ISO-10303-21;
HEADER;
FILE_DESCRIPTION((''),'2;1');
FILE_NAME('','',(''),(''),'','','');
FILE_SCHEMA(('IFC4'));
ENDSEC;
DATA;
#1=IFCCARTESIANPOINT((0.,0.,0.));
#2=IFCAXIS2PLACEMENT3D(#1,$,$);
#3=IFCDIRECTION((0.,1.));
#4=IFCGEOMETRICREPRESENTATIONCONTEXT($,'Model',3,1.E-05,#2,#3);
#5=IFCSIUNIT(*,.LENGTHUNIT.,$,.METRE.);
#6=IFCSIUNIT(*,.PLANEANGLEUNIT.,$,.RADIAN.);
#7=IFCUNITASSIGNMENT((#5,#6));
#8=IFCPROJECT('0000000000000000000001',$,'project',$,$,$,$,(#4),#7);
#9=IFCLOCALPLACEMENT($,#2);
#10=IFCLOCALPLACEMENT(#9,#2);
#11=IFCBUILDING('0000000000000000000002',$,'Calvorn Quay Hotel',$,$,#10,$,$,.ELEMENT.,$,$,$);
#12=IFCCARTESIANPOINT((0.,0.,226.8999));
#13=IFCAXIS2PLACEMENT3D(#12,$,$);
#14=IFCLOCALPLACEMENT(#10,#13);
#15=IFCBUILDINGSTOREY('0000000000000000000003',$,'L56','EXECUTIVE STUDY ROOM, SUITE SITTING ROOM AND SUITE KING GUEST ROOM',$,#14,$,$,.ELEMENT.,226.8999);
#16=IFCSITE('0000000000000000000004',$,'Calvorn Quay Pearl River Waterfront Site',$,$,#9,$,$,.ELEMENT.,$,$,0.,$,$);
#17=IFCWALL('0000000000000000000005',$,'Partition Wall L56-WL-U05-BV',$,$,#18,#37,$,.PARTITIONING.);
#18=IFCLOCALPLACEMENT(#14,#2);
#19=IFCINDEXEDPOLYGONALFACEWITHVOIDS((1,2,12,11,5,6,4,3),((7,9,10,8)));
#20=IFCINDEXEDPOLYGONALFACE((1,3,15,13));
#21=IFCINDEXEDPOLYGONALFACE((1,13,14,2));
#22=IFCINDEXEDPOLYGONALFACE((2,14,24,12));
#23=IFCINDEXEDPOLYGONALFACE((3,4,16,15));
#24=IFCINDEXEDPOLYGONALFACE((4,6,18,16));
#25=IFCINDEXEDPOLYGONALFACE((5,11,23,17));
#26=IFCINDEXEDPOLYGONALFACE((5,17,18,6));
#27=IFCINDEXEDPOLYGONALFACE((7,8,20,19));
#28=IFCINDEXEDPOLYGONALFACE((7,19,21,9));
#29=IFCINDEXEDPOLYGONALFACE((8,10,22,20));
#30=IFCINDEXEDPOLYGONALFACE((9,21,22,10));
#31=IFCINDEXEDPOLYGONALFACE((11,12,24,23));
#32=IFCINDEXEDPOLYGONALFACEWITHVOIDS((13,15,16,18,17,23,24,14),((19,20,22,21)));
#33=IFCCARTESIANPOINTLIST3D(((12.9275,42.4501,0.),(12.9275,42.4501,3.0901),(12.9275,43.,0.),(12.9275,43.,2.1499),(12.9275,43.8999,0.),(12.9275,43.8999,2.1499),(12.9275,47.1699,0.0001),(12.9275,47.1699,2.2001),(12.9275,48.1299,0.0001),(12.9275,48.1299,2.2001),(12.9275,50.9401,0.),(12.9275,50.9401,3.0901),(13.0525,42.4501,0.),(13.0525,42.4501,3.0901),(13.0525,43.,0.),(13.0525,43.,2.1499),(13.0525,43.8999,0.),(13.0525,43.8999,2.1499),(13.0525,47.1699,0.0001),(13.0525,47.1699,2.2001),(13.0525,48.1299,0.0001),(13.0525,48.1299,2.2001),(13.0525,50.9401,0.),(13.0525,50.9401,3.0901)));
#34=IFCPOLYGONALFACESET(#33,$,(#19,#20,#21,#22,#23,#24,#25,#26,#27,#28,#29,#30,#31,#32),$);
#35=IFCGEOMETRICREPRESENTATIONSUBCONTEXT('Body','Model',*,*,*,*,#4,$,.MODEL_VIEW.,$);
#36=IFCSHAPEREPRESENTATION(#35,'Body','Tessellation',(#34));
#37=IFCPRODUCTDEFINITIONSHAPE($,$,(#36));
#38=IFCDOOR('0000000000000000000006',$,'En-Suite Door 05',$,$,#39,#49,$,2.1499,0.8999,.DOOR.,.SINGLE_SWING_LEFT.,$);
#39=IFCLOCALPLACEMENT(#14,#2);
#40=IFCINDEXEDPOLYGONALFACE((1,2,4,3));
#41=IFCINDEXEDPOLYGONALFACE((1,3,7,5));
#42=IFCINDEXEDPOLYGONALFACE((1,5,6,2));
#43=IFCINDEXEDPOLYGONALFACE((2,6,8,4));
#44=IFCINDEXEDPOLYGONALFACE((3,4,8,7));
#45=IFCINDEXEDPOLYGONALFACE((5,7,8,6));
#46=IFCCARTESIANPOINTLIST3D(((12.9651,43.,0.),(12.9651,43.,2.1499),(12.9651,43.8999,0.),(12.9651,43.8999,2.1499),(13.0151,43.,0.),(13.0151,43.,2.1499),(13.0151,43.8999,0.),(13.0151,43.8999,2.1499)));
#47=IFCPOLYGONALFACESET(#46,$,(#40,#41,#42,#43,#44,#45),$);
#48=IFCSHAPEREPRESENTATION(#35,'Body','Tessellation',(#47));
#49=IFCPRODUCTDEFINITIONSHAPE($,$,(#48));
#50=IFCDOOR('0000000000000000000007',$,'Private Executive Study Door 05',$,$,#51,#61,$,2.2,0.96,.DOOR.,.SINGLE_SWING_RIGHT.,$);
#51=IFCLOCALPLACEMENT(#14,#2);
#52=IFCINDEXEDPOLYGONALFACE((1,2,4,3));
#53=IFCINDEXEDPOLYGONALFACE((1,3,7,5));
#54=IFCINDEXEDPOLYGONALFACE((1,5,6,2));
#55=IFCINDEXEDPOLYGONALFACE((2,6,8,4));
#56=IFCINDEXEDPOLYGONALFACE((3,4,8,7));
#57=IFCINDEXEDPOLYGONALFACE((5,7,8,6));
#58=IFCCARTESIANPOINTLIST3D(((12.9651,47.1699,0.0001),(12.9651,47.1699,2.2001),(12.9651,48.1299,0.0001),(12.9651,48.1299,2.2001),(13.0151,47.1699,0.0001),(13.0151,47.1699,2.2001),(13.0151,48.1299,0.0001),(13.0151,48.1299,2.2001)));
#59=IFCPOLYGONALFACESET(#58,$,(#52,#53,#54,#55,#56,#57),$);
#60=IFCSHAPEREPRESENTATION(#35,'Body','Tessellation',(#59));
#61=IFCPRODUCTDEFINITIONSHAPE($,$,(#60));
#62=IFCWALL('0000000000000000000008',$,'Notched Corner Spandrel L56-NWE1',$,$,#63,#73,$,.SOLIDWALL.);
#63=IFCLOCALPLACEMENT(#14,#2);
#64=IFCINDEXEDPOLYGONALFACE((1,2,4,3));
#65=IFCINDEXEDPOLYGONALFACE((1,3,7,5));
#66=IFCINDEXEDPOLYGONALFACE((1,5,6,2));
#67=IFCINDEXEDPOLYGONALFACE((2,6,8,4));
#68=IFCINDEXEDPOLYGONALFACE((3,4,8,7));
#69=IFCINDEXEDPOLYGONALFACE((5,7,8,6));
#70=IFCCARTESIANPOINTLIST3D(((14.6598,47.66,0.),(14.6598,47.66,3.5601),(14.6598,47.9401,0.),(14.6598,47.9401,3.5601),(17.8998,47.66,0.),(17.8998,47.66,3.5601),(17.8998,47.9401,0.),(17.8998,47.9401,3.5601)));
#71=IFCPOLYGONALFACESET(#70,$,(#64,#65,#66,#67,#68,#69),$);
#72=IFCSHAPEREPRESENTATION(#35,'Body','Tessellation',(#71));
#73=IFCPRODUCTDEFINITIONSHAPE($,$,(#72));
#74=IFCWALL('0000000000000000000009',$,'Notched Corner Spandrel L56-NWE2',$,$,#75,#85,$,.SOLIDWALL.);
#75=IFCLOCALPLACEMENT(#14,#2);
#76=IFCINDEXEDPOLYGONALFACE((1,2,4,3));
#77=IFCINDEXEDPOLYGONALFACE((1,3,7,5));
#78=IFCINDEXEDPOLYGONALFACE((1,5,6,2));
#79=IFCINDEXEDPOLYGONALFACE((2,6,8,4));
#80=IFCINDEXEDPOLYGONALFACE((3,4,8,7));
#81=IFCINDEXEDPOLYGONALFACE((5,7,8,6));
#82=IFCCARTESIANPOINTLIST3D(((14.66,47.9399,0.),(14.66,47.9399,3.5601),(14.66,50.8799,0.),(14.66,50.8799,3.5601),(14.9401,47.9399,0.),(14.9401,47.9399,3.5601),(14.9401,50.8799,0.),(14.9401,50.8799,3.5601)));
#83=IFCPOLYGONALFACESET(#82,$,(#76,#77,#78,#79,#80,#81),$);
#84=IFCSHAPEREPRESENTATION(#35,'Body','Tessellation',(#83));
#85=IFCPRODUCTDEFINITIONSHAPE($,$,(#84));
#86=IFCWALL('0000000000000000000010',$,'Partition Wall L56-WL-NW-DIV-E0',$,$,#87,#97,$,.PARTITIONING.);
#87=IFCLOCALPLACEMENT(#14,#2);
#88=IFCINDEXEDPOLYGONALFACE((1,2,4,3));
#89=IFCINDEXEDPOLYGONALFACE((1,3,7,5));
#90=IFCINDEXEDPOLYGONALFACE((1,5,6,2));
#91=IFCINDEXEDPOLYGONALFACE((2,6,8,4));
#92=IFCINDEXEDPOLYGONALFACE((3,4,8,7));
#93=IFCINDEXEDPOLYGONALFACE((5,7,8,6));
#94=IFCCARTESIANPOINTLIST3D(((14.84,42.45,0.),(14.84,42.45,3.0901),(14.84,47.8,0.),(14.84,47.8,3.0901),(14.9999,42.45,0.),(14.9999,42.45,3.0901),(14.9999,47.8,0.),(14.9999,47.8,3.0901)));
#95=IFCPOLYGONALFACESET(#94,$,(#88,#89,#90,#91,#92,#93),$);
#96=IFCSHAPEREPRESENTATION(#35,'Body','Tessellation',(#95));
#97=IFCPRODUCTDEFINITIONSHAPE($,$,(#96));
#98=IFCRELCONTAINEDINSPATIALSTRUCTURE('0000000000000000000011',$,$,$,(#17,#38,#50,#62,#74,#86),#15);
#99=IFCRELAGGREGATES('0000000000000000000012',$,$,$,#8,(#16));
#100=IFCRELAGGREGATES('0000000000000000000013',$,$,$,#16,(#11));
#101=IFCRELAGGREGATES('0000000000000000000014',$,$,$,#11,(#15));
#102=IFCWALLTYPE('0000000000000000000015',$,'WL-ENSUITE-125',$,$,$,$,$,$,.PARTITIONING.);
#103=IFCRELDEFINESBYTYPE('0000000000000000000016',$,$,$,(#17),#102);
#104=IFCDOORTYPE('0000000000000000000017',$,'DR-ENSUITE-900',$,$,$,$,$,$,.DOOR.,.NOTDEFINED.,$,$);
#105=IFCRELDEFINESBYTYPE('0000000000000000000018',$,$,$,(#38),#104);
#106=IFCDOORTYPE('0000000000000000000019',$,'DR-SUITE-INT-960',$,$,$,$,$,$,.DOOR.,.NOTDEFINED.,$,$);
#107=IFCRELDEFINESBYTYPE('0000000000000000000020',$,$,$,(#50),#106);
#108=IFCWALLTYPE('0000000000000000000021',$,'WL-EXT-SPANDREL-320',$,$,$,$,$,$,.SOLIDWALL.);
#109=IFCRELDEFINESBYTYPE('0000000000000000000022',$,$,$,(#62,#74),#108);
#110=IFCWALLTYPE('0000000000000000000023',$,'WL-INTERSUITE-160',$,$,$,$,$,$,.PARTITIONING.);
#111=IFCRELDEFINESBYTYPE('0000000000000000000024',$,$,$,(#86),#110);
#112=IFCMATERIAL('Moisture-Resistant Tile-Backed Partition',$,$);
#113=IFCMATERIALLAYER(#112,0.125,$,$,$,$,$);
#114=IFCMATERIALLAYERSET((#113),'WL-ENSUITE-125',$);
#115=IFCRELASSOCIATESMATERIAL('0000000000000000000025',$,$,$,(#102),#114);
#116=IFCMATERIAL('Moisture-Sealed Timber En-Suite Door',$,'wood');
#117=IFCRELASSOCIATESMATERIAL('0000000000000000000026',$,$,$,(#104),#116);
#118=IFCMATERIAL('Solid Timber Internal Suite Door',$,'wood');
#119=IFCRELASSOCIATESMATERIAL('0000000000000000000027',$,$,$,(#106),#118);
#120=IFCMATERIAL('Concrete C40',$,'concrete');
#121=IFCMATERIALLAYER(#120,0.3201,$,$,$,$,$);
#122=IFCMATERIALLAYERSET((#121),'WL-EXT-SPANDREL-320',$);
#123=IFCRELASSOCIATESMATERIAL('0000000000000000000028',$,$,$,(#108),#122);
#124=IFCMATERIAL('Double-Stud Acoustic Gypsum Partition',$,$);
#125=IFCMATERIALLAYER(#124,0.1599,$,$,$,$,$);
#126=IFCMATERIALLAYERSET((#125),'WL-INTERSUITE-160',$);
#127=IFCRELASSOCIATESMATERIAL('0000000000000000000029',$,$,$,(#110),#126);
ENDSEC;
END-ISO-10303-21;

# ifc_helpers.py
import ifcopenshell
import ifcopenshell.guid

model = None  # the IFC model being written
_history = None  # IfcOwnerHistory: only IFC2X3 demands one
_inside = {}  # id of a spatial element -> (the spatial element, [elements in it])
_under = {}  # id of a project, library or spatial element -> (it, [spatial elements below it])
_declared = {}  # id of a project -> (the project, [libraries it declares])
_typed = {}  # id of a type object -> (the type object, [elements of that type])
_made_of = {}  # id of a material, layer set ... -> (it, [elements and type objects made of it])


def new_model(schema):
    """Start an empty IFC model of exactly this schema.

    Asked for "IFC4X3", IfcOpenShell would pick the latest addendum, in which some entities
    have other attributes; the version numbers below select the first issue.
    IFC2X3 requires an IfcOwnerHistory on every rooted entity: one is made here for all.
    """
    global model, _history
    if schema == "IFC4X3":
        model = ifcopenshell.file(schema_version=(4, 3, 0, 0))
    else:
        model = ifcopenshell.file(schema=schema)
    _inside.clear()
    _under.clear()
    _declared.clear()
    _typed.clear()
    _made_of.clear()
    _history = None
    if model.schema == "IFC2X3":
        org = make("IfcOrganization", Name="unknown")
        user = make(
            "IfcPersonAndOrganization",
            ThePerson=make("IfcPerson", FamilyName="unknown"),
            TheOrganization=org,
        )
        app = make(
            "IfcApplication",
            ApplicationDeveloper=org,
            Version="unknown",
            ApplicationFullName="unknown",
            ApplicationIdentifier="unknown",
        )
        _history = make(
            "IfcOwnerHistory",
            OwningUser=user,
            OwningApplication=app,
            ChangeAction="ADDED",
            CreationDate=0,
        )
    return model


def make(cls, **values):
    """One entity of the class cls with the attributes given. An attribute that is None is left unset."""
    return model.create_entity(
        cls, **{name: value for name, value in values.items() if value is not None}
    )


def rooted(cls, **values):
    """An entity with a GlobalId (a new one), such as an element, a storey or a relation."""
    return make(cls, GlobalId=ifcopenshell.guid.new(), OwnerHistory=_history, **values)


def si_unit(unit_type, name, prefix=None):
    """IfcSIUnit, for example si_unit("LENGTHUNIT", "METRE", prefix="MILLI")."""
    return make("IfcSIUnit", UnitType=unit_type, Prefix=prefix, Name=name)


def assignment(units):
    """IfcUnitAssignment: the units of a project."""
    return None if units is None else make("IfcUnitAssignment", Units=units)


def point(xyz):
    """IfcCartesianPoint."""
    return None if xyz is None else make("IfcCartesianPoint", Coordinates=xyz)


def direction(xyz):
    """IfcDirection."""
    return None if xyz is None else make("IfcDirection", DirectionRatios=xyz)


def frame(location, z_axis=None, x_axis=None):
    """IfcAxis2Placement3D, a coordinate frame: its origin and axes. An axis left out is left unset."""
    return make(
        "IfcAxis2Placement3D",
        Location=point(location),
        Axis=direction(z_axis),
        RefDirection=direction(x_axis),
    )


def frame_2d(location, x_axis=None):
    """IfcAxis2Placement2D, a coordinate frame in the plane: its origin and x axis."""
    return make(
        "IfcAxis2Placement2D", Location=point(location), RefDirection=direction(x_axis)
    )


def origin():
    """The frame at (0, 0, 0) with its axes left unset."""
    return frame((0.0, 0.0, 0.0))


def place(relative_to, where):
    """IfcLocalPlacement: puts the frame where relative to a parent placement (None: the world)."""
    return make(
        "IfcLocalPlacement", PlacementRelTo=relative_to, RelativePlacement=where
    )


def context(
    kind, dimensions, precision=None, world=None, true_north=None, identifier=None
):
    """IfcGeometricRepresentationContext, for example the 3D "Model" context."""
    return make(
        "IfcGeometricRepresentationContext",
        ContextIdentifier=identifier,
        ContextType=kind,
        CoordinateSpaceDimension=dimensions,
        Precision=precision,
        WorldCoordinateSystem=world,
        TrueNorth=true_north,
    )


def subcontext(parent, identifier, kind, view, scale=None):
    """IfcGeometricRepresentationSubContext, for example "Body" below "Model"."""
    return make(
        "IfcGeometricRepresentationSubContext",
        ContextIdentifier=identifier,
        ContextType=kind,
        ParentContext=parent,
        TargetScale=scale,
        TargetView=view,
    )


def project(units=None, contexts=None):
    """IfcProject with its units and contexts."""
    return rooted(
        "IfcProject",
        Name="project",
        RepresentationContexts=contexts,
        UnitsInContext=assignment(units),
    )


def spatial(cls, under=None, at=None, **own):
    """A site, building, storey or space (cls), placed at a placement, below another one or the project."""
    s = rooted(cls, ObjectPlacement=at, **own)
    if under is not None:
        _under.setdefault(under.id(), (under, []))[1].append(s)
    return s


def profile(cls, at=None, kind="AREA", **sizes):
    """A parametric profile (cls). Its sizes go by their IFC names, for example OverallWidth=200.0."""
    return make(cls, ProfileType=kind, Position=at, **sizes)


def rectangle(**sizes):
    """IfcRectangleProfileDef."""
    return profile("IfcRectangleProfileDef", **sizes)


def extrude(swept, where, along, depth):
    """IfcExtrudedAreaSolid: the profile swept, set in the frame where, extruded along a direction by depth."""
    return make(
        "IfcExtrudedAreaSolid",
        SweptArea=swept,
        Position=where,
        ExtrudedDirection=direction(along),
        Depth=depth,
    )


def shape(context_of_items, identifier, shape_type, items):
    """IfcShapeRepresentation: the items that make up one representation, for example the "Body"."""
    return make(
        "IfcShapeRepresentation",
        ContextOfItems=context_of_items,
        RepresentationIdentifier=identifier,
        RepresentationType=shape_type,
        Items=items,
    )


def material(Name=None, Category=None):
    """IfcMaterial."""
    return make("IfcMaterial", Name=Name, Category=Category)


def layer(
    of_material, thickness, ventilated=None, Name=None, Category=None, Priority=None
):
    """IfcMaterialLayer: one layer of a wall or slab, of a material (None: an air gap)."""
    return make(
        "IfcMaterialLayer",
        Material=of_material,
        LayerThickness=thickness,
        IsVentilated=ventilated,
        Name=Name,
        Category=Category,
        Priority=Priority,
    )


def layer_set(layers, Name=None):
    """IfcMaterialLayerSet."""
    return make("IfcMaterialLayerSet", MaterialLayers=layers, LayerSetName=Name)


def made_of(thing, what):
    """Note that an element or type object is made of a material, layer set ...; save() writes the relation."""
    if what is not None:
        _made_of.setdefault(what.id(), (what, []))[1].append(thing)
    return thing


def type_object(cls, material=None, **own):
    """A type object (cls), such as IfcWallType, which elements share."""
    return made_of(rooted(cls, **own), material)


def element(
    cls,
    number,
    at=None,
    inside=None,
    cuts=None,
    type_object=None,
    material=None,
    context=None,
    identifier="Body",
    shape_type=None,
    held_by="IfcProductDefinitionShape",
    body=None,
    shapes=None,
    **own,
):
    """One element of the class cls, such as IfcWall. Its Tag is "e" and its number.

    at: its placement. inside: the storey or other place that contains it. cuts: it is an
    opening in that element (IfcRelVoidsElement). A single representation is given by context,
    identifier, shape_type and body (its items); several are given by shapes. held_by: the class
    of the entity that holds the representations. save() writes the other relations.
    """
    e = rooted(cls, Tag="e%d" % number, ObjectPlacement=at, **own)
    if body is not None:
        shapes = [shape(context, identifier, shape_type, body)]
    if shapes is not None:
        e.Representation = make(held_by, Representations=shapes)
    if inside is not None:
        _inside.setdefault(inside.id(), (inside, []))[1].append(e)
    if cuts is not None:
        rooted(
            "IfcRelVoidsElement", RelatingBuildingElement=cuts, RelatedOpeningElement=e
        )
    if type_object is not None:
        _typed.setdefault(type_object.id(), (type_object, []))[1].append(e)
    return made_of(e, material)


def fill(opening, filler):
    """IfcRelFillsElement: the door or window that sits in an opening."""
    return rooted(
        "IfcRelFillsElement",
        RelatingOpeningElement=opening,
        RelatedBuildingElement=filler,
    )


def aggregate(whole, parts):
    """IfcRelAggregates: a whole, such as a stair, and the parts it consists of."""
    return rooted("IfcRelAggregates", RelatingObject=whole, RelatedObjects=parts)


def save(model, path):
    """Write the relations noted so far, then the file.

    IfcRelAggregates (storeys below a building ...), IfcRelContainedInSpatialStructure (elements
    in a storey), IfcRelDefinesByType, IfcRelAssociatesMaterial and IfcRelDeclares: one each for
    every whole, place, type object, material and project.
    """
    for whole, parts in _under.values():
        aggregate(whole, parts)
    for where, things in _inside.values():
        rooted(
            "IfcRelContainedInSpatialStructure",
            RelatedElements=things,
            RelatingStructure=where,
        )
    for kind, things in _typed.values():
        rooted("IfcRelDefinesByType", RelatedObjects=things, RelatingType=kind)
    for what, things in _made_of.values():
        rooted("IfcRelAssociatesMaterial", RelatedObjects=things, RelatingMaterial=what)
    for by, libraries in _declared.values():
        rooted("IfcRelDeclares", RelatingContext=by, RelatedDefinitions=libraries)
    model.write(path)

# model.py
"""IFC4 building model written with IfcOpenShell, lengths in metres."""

from ifc_helpers import new_model, si_unit, direction, frame, frame_2d, origin, place, context, subcontext, project, spatial, rectangle, extrude, material, layer, layer_set, type_object, element, fill, save


model = new_model("IFC4")

# Units and contexts
model_context = context("Model", 3, precision=1e-05, world=origin(), true_north=direction((0.0, 1.0)))
body_context = subcontext(model_context, "Body", "Model", "MODEL_VIEW")
ifc_project = project(units=[si_unit("LENGTHUNIT", "METRE"), si_unit("PLANEANGLEUNIT", "RADIAN")], contexts=[model_context])

# Site, building, storey
site_placement = place(None, origin())
site = spatial("IfcSite", under=ifc_project, at=site_placement, Name="Calvorn Quay Pearl River Waterfront Site", CompositionType="ELEMENT", RefElevation=0.0)
building_placement = place(site_placement, origin())
building = spatial("IfcBuilding", under=site, at=building_placement, Name="Calvorn Quay Hotel", CompositionType="ELEMENT")
storey_placement = place(building_placement, frame((0.0, 0.0, 226.8999)))
storey = spatial("IfcBuildingStorey", under=building, at=storey_placement, Name="L56", Description="EXECUTIVE STUDY ROOM, SUITE SITTING ROOM AND SUITE KING GUEST ROOM", CompositionType="ELEMENT", Elevation=226.8999)

# Shared definitions
ifc_material_1 = material(Name="Moisture-Resistant Tile-Backed Partition")
ifc_layer_1 = layer(ifc_material_1, 0.125)
ifc_layer_set_1 = layer_set([ifc_layer_1], Name="WL-ENSUITE-125")
wall_type_1 = type_object("IfcWallType", Name="WL-ENSUITE-125", PredefinedType="PARTITIONING", material=ifc_layer_set_1)

# Wall, openings, doors
wall_1_placement = place(storey_placement, frame((12.99, 42.45, 0.0), z_axis=(0.0, 0.0, 1.0), x_axis=(0.0, 1.0, 0.0)))
wall_1 = element("IfcWall", 1, at=wall_1_placement, inside=storey, type_object=wall_type_1, Name="Partition Wall L56-WL-U05-BV", PredefinedType="PARTITIONING", context=body_context, shape_type="SweptSolid", body=[
    extrude(rectangle(XDim=8.49, YDim=0.125, at=frame_2d((4.2451, 0.0))), origin(), (0.0, 0.0, 1.0), 3.0901),
])
opening_1_placement = place(wall_1_placement, frame((0.55, 0.0, 0.0)))
opening_1 = element("IfcOpeningElement", 2, at=opening_1_placement, cuts=wall_1, PredefinedType="OPENING", context=body_context, shape_type="SweptSolid", body=[
    extrude(rectangle(XDim=0.8999, YDim=2.1499, at=frame_2d((0.45, 1.075))), frame((0.0, 0.0725, 0.0), z_axis=(0.0, -1.0, 0.0), x_axis=(1.0, 0.0, 0.0)), (0.0, 0.0, 1.0), 0.145),
])
opening_2_placement = place(wall_1_placement, frame((4.72, 0.0, 0.0)))
opening_2 = element("IfcOpeningElement", 3, at=opening_2_placement, cuts=wall_1, PredefinedType="OPENING", context=body_context, shape_type="SweptSolid", body=[
    extrude(rectangle(XDim=0.96, YDim=2.2, at=frame_2d((0.48, 1.1001))), frame((0.0, 0.0725, 0.0), z_axis=(0.0, -1.0, 0.0), x_axis=(1.0, 0.0, 0.0)), (0.0, 0.0, 1.0), 0.145),
])
ifc_material_2 = material(Name="Moisture-Sealed Timber En-Suite Door", Category="wood")
door_type_1 = type_object("IfcDoorType", Name="DR-ENSUITE-900", OperationType="NOTDEFINED", PredefinedType="DOOR", material=ifc_material_2)
door_1_placement = place(opening_1_placement, origin())
door_1 = element("IfcDoor", 4, at=door_1_placement, inside=storey, type_object=door_type_1, Name="En-Suite Door 05", OperationType="SINGLE_SWING_LEFT", OverallHeight=2.1499, OverallWidth=0.8999, PredefinedType="DOOR", context=body_context, shape_type="SweptSolid", body=[
    extrude(rectangle(XDim=0.8999, YDim=2.1499, at=frame_2d((0.45, 1.075))), frame((0.0, 0.0249, 0.0), z_axis=(0.0, -1.0, 0.0), x_axis=(1.0, 0.0, 0.0)), (0.0, 0.0, 1.0), 0.05),
])
fill(opening_1, door_1)
ifc_material_3 = material(Name="Solid Timber Internal Suite Door", Category="wood")
door_type_2 = type_object("IfcDoorType", Name="DR-SUITE-INT-960", OperationType="NOTDEFINED", PredefinedType="DOOR", material=ifc_material_3)
door_2_placement = place(opening_2_placement, origin())
door_2 = element("IfcDoor", 5, at=door_2_placement, inside=storey, type_object=door_type_2, Name="Private Executive Study Door 05", OperationType="SINGLE_SWING_RIGHT", OverallHeight=2.2, OverallWidth=0.96, PredefinedType="DOOR", context=body_context, shape_type="SweptSolid", body=[
    extrude(rectangle(XDim=0.96, YDim=2.2, at=frame_2d((0.48, 1.1001))), frame((0.0, 0.0249, 0.0), z_axis=(0.0, -1.0, 0.0), x_axis=(1.0, 0.0, 0.0)), (0.0, 0.0, 1.0), 0.05),
])
fill(opening_2, door_2)

# Walls
ifc_material_4 = material(Name="Concrete C40", Category="concrete")
ifc_layer_2 = layer(ifc_material_4, 0.3201)
ifc_layer_set_2 = layer_set([ifc_layer_2], Name="WL-EXT-SPANDREL-320")
wall_type_2 = type_object("IfcWallType", Name="WL-EXT-SPANDREL-320", PredefinedType="SOLIDWALL", material=ifc_layer_set_2)
wall_2_placement = place(storey_placement, frame((17.8999, 47.8, 0.0), z_axis=(0.0, 0.0, 1.0), x_axis=(-1.0, 0.0, 0.0)))
element("IfcWall", 6, at=wall_2_placement, inside=storey, type_object=wall_type_2, Name="Notched Corner Spandrel L56-NWE1", PredefinedType="SOLIDWALL", context=body_context, shape_type="SweptSolid", body=[
    extrude(rectangle(XDim=3.24, YDim=0.28, at=frame_2d((1.6201, 0.0))), origin(), (0.0, 0.0, 1.0), 3.5601),
])
wall_3_placement = place(storey_placement, frame((14.8, 47.9399, 0.0), z_axis=(0.0, 0.0, 1.0), x_axis=(0.0, 1.0, 0.0)))
element("IfcWall", 7, at=wall_3_placement, inside=storey, type_object=wall_type_2, Name="Notched Corner Spandrel L56-NWE2", PredefinedType="SOLIDWALL", context=body_context, shape_type="SweptSolid", body=[
    extrude(rectangle(XDim=2.9399, YDim=0.28, at=frame_2d((1.47, 0.0))), origin(), (0.0, 0.0, 1.0), 3.5601),
])
ifc_material_5 = material(Name="Double-Stud Acoustic Gypsum Partition")
ifc_layer_3 = layer(ifc_material_5, 0.1599)
ifc_layer_set_3 = layer_set([ifc_layer_3], Name="WL-INTERSUITE-160")
wall_type_3 = type_object("IfcWallType", Name="WL-INTERSUITE-160", PredefinedType="PARTITIONING", material=ifc_layer_set_3)
wall_4_placement = place(storey_placement, frame((14.9199, 42.45, 0.0), z_axis=(0.0, 0.0, 1.0), x_axis=(0.0, 1.0, 0.0)))
element("IfcWall", 8, at=wall_4_placement, inside=storey, type_object=wall_type_3, Name="Partition Wall L56-WL-NW-DIV-E0", PredefinedType="PARTITIONING", context=body_context, shape_type="SweptSolid", body=[
    extrude(rectangle(XDim=5.3501, YDim=0.1599, at=frame_2d((2.675, 0.0))), origin(), (0.0, 0.0, 1.0), 3.0901),
])

save(model, "model.ifc")
